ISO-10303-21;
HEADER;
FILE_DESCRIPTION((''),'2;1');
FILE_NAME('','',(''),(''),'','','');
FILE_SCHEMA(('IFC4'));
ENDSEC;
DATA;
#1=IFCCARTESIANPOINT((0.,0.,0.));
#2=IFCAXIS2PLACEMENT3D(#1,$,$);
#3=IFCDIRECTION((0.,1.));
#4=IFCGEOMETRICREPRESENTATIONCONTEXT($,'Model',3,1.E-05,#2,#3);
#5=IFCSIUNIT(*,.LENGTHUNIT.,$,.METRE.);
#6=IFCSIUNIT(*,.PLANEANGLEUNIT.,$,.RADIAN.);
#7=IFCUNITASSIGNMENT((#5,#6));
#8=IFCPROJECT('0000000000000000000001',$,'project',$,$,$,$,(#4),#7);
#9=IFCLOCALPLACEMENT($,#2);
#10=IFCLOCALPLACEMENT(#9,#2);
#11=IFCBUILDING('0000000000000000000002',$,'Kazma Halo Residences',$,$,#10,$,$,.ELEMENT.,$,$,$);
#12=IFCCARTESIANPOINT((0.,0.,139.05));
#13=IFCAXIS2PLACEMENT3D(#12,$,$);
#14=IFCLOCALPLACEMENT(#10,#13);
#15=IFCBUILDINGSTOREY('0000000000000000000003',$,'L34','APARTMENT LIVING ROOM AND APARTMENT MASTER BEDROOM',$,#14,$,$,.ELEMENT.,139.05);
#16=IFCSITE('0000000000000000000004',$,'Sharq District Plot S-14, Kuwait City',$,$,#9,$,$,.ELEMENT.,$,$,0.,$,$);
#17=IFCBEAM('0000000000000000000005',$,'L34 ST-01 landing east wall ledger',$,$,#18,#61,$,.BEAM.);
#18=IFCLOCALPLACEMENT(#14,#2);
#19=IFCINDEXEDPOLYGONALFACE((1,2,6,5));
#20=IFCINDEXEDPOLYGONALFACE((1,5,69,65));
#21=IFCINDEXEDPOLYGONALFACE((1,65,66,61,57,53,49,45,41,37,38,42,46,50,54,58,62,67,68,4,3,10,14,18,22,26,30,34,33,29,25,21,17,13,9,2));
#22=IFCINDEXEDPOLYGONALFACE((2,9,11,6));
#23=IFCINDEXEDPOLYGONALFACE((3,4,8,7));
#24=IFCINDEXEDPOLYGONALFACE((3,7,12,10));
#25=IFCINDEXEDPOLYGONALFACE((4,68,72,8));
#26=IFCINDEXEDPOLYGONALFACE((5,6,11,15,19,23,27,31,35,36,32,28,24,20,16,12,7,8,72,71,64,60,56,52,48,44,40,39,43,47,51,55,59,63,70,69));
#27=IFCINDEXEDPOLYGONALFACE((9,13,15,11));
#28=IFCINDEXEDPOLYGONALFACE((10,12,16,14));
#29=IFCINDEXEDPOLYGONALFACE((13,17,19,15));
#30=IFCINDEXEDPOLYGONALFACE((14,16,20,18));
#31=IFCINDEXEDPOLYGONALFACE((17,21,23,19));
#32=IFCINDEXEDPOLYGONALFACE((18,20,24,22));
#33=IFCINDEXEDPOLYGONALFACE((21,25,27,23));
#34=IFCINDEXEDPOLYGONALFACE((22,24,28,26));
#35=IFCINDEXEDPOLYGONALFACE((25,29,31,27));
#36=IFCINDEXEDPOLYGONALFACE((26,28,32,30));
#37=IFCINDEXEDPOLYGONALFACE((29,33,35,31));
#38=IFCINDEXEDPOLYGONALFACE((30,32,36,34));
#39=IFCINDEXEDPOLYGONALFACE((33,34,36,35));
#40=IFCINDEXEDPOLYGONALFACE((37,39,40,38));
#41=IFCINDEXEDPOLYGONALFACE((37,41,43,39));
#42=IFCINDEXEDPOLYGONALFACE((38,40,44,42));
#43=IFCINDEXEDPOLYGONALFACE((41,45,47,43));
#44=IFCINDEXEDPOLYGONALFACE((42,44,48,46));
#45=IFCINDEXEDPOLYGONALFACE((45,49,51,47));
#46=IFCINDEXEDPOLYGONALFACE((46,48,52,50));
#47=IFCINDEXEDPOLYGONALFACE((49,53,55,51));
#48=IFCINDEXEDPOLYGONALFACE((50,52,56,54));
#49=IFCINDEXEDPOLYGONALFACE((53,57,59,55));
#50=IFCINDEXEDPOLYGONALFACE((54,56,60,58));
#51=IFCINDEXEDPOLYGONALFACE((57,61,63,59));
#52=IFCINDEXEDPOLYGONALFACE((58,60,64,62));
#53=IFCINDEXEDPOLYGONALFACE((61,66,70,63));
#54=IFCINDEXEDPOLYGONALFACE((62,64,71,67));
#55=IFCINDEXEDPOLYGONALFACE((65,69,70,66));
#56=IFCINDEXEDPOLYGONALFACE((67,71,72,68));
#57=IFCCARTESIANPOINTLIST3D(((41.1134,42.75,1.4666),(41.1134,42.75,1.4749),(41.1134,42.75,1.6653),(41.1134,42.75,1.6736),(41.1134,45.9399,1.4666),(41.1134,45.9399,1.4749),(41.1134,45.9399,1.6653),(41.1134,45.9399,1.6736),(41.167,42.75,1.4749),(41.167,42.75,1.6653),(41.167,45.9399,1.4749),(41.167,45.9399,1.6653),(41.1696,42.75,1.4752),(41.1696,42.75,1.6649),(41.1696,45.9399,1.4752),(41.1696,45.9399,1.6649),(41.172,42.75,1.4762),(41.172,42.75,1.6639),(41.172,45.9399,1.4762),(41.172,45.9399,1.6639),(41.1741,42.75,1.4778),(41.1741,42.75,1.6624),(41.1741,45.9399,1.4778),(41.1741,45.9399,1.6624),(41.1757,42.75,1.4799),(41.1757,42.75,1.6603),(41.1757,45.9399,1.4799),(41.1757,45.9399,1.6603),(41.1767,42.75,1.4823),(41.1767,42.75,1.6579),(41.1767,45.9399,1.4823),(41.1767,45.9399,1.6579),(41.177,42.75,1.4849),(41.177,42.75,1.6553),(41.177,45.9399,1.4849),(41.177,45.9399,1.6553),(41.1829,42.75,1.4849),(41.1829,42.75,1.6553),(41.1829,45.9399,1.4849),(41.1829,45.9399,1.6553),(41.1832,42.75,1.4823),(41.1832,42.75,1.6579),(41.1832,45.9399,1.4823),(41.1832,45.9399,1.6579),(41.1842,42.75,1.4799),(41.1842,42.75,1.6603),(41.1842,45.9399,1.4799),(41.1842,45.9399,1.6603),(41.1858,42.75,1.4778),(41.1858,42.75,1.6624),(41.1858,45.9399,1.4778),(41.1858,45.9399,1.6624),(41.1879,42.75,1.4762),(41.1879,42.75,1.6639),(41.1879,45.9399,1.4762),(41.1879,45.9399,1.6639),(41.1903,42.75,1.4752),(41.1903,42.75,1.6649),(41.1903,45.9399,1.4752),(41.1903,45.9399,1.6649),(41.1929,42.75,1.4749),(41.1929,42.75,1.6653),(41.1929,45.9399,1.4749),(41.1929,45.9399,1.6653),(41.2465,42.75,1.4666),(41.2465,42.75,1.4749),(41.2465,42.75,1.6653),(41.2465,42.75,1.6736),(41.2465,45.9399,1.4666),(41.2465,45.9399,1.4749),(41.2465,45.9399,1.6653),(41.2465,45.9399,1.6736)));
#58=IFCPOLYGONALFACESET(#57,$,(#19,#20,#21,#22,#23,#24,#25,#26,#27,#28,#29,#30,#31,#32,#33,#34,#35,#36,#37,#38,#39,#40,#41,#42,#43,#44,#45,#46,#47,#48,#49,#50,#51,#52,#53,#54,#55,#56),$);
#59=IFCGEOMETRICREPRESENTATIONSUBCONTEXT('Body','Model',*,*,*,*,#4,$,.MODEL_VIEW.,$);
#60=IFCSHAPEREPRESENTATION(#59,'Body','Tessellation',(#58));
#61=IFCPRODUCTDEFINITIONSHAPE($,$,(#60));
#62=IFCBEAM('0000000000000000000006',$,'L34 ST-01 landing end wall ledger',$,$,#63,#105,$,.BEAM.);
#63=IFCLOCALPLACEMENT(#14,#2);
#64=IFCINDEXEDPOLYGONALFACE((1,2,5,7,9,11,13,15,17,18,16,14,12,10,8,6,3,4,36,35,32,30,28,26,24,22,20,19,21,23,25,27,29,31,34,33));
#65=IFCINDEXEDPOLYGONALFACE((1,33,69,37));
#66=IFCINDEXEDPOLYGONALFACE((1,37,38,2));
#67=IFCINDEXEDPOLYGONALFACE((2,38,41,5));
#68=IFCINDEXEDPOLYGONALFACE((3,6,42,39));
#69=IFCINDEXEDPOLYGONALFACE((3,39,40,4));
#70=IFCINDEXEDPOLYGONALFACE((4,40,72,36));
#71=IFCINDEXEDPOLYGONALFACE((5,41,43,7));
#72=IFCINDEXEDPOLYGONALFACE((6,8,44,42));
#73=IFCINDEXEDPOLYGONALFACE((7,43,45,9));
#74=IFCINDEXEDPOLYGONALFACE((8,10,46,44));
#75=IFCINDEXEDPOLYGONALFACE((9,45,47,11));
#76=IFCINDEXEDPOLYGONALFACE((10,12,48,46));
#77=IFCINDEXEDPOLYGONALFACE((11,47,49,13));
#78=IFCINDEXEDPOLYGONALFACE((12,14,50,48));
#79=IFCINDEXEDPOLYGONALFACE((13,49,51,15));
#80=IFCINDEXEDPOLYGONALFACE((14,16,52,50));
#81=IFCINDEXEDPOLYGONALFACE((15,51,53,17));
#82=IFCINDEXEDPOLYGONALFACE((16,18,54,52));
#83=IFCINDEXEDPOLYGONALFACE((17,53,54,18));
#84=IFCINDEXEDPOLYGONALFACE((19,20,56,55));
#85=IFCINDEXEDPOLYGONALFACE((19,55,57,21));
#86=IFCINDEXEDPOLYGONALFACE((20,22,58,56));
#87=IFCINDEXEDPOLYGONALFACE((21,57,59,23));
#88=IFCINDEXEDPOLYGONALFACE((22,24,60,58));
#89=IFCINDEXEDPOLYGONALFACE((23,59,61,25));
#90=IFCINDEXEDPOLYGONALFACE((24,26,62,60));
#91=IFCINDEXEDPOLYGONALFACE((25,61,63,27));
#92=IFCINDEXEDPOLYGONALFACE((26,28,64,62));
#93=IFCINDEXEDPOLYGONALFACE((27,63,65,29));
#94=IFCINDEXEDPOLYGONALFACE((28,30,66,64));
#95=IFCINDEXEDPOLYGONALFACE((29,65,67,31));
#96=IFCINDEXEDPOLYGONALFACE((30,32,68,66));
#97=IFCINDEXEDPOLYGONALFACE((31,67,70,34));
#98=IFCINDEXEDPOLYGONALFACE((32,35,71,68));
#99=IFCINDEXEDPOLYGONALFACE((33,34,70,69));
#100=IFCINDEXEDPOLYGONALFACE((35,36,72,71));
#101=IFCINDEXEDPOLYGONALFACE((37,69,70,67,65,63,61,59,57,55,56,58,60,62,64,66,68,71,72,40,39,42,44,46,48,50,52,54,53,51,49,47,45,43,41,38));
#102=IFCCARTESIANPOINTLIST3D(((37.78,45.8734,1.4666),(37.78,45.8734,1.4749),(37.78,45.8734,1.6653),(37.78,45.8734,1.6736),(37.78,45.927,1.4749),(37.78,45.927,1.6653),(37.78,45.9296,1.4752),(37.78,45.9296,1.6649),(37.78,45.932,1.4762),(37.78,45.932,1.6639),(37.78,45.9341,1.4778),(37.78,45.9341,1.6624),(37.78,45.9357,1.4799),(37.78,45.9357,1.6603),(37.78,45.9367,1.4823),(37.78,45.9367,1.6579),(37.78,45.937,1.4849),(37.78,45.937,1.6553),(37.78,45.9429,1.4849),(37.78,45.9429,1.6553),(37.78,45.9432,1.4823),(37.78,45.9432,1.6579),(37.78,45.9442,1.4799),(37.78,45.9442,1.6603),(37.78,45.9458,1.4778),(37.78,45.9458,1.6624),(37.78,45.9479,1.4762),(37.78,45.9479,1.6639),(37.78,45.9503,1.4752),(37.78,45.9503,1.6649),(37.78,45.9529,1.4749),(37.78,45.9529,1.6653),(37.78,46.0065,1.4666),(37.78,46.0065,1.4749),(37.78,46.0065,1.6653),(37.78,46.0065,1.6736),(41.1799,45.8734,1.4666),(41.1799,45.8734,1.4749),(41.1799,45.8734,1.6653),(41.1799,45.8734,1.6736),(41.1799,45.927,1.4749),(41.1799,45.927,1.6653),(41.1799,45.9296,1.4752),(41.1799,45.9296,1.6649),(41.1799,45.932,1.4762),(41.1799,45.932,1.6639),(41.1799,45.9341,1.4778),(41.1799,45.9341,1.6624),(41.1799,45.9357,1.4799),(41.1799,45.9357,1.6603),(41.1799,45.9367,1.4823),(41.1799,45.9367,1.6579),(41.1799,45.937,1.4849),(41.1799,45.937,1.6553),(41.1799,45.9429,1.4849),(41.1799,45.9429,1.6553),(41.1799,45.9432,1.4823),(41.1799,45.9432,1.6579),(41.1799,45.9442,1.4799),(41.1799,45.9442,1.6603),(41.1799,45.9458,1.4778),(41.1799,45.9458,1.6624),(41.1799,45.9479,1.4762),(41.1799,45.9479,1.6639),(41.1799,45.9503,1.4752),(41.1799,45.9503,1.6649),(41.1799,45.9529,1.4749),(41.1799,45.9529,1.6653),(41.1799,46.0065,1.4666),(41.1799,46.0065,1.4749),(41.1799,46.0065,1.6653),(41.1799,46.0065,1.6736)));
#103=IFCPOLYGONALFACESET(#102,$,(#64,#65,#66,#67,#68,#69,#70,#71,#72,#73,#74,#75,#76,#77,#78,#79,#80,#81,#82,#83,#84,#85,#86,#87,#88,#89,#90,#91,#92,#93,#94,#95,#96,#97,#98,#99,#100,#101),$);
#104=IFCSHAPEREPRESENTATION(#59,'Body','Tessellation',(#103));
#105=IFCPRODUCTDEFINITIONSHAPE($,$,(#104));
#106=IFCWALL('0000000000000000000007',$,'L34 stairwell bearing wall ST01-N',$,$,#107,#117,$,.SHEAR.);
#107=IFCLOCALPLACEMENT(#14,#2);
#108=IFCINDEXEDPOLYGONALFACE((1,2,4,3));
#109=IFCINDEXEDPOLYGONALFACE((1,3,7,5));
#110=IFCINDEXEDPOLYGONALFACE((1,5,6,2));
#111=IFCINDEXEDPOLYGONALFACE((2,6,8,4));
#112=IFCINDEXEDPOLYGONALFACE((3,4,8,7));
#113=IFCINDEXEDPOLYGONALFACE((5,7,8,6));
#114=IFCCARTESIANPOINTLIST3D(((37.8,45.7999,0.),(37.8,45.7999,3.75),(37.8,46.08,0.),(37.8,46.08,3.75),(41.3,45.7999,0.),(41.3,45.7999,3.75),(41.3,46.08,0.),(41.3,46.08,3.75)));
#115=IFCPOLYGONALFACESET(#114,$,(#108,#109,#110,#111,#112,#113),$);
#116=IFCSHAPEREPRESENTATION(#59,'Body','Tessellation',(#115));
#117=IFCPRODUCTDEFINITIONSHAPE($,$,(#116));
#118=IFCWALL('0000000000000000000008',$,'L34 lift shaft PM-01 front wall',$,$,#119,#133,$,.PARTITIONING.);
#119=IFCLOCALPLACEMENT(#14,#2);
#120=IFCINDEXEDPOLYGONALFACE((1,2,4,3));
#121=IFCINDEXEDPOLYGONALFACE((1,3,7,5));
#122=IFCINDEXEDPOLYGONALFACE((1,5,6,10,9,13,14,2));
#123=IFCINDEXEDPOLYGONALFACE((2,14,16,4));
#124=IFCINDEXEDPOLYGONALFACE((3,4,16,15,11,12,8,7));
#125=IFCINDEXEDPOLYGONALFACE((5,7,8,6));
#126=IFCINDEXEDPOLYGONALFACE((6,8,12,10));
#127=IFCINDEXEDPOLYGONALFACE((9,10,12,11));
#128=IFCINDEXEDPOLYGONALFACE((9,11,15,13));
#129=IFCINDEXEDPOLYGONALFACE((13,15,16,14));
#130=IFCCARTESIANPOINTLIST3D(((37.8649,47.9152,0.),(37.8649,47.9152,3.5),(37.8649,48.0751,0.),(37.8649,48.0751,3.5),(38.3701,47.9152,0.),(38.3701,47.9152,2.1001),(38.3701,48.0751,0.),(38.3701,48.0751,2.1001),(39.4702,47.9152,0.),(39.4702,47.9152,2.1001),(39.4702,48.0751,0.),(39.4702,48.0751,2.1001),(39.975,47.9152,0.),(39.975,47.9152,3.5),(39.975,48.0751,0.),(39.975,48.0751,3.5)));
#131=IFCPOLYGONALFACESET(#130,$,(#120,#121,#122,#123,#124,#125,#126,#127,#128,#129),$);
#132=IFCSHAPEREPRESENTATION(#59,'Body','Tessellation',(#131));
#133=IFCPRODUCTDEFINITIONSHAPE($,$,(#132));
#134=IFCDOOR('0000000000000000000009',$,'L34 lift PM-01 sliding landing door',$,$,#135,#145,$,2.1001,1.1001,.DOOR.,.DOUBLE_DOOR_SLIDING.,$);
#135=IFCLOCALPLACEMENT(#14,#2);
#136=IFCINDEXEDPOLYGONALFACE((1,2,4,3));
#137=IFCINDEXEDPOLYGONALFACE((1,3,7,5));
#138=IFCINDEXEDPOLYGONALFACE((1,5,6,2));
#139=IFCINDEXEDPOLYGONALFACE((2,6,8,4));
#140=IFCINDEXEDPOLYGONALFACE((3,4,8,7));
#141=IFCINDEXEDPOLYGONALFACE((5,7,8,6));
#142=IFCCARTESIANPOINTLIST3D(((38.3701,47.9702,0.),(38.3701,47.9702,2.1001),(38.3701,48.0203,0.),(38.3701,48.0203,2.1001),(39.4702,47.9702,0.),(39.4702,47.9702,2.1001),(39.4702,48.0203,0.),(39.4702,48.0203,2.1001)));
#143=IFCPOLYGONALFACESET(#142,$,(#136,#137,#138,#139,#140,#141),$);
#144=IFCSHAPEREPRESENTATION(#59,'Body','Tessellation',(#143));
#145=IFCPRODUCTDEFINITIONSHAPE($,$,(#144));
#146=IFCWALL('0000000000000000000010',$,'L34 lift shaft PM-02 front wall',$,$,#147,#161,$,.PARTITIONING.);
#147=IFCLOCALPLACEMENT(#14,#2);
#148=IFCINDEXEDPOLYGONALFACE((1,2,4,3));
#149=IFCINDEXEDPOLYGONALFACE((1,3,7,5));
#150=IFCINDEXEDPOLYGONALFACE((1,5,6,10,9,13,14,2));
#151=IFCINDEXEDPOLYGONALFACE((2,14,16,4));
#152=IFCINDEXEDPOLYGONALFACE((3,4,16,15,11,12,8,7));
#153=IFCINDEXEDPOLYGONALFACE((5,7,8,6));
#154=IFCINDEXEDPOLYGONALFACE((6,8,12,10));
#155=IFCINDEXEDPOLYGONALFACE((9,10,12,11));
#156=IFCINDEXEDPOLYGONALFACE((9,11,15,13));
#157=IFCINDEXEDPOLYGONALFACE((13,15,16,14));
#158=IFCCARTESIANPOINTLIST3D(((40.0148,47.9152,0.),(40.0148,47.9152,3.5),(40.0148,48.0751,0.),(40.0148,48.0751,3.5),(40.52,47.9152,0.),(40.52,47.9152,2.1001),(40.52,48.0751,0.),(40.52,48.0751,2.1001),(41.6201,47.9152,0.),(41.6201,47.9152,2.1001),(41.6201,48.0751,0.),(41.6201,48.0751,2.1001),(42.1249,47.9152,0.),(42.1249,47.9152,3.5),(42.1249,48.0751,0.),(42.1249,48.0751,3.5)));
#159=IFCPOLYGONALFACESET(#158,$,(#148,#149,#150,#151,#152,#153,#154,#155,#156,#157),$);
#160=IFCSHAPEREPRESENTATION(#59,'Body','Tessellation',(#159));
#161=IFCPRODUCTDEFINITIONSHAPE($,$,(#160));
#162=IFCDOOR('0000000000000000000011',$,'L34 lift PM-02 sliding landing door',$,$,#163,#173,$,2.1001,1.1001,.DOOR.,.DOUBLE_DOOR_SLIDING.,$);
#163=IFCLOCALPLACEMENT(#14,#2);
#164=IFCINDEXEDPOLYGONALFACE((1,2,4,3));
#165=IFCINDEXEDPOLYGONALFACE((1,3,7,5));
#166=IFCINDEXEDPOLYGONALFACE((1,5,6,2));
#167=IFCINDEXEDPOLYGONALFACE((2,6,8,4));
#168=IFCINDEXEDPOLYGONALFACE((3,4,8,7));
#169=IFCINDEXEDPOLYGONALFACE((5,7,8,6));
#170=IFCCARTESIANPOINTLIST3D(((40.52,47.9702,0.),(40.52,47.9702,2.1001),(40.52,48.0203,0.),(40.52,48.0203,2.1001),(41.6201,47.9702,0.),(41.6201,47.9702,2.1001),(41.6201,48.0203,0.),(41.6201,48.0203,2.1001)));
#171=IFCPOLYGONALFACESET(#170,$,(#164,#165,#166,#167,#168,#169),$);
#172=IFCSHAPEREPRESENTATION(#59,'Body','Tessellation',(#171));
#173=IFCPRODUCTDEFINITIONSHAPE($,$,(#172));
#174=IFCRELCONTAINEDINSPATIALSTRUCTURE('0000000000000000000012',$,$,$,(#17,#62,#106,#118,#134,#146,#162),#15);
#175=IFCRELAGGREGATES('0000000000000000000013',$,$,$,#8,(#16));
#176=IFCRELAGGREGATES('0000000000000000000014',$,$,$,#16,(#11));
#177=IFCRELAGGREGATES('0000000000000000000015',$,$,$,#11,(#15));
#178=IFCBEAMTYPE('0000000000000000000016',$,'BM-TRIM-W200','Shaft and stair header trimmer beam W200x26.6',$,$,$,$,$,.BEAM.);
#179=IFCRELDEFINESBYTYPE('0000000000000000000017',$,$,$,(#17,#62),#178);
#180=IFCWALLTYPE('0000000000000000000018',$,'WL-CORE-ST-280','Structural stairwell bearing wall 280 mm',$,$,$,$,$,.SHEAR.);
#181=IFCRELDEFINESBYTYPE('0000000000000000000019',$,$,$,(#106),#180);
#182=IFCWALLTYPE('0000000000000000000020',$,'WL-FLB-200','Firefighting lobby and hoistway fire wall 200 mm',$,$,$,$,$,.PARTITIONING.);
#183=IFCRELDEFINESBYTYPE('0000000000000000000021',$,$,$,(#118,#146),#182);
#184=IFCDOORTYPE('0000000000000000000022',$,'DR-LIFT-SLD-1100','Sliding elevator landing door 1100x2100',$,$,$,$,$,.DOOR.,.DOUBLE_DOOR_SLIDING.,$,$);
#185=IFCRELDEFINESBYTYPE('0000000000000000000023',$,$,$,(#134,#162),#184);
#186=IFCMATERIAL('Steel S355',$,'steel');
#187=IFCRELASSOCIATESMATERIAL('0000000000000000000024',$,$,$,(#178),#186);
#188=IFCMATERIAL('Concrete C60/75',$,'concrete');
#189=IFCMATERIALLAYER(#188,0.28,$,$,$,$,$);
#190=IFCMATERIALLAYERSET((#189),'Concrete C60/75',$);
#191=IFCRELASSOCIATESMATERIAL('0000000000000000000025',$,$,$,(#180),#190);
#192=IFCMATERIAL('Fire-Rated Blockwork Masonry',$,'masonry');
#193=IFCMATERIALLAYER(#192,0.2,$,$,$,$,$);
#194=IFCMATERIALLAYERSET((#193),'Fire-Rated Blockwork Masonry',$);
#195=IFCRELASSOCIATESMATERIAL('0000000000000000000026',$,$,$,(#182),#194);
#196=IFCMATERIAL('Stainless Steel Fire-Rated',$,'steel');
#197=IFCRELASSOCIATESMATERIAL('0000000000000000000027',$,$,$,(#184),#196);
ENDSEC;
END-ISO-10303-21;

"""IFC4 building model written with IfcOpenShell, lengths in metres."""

from ifc_helpers import new_model, si_unit, direction, frame, frame_2d, origin, origin_2d, place, context, subcontext, project, spatial, rectangle, i_section, extrude, material, layer, layer_set, material_profile, profile_set, type_object, element, fill, save


model = new_model("IFC4")

# Units and contexts
model_context = context("Model", 3, precision=1e-05, world=origin(), true_north=direction((0.0, 1.0)))
body_context = subcontext(model_context, "Body", "Model", "MODEL_VIEW")
ifc_project = project(units=[si_unit("LENGTHUNIT", "METRE"), si_unit("PLANEANGLEUNIT", "RADIAN")], contexts=[model_context])

# Site, building, storey
site_placement = place(None, origin())
site = spatial("IfcSite", under=ifc_project, at=site_placement, Name="Sharq District Plot S-14, Kuwait City", CompositionType="ELEMENT", RefElevation=0.0)
building_placement = place(site_placement, origin())
building = spatial("IfcBuilding", under=site, at=building_placement, Name="Kazma Halo Residences", CompositionType="ELEMENT")
storey_placement = place(building_placement, frame((0.0, 0.0, 139.05)))
storey = spatial("IfcBuildingStorey", under=building, at=storey_placement, Name="L34", Description="APARTMENT LIVING ROOM AND APARTMENT MASTER BEDROOM", CompositionType="ELEMENT", Elevation=139.05)

# Shared definitions
ifc_material_1 = material(Name="Steel S355", Category="steel")

# Beams
ifc_material_profile_1 = material_profile(ifc_material_1, i_section(OverallWidth=0.1331, OverallDepth=0.207, WebThickness=0.0059, FlangeThickness=0.0083, FilletRadius=0.01, at=origin_2d()), Name="W200x26.6")
ifc_profile_set_1 = profile_set([ifc_material_profile_1], Name="Steel S355")
beam_type_1 = type_object("IfcBeamType", Name="BM-TRIM-W200", Description="Shaft and stair header trimmer beam W200x26.6", PredefinedType="BEAM", material=ifc_profile_set_1)
beam_1_placement = place(storey_placement, frame((41.1799, 42.75, 1.5701), z_axis=(0.0, 1.0, 0.0), x_axis=(-1.0, 0.0, 0.0)))
element("IfcBeam", 1, at=beam_1_placement, inside=storey, type_object=beam_type_1, Name="L34 ST-01 landing east wall ledger", PredefinedType="BEAM", context=body_context, shape_type="SweptSolid", body=[
    extrude(i_section(OverallWidth=0.1331, OverallDepth=0.207, WebThickness=0.0059, FlangeThickness=0.0083, FilletRadius=0.01, at=origin_2d()), origin(), (0.0, 0.0, 1.0), 3.1899),
])
beam_2_placement = place(storey_placement, frame((37.78, 45.9399, 1.5701), z_axis=(1.0, 0.0, 0.0), x_axis=(0.0, 1.0, 0.0)))
element("IfcBeam", 2, at=beam_2_placement, inside=storey, type_object=beam_type_1, Name="L34 ST-01 landing end wall ledger", PredefinedType="BEAM", context=body_context, shape_type="SweptSolid", body=[
    extrude(i_section(OverallWidth=0.1331, OverallDepth=0.207, WebThickness=0.0059, FlangeThickness=0.0083, FilletRadius=0.01, at=origin_2d()), origin(), (0.0, 0.0, 1.0), 3.3999),
])

# Wall
ifc_material_2 = material(Name="Concrete C60/75", Category="concrete")
ifc_layer_1 = layer(ifc_material_2, 0.28)
ifc_layer_set_1 = layer_set([ifc_layer_1], Name="Concrete C60/75")
wall_type_1 = type_object("IfcWallType", Name="WL-CORE-ST-280", Description="Structural stairwell bearing wall 280 mm", PredefinedType="SHEAR", material=ifc_layer_set_1)
wall_1_placement = place(storey_placement, frame((37.8, 45.9399, 0.0), z_axis=(0.0, 0.0, 1.0), x_axis=(1.0, 0.0, 0.0)))
element("IfcWall", 3, at=wall_1_placement, inside=storey, type_object=wall_type_1, Name="L34 stairwell bearing wall ST01-N", PredefinedType="SHEAR", context=body_context, shape_type="SweptSolid", body=[
    extrude(rectangle(XDim=3.5, YDim=0.28, at=frame_2d((1.75, 0.0))), origin(), (0.0, 0.0, 1.0), 3.75),
])

# Walls, openings, doors
ifc_material_3 = material(Name="Fire-Rated Blockwork Masonry", Category="masonry")
ifc_layer_2 = layer(ifc_material_3, 0.2)
ifc_layer_set_2 = layer_set([ifc_layer_2], Name="Fire-Rated Blockwork Masonry")
wall_type_2 = type_object("IfcWallType", Name="WL-FLB-200", Description="Firefighting lobby and hoistway fire wall 200 mm", PredefinedType="PARTITIONING", material=ifc_layer_set_2)
wall_2_placement = place(storey_placement, frame((39.9751, 47.9951, 0.0), z_axis=(0.0, 0.0, 1.0), x_axis=(-1.0, 0.0, 0.0)))
wall_2 = element("IfcWall", 4, at=wall_2_placement, inside=storey, type_object=wall_type_2, Name="L34 lift shaft PM-01 front wall", PredefinedType="PARTITIONING", context=body_context, shape_type="SweptSolid", body=[
    extrude(rectangle(XDim=2.1101, YDim=0.1599, at=frame_2d((1.0552, 0.0))), origin(), (0.0, 0.0, 1.0), 3.5),
])
opening_1_placement = place(wall_2_placement, frame((0.5049, 0.0, 0.0)))
opening_1 = element("IfcOpeningElement", 5, at=opening_1_placement, cuts=wall_2, PredefinedType="OPENING", context=body_context, shape_type="SweptSolid", body=[
    extrude(rectangle(XDim=1.1001, YDim=2.1001, at=frame_2d((0.55, 1.05))), frame((0.0, 0.0898, 0.0), z_axis=(0.0, -1.0, 0.0), x_axis=(1.0, 0.0, 0.0)), (0.0, 0.0, 1.0), 0.1799),
])
ifc_material_4 = material(Name="Stainless Steel Fire-Rated", Category="steel")
door_type = type_object("IfcDoorType", Name="DR-LIFT-SLD-1100", Description="Sliding elevator landing door 1100x2100", OperationType="DOUBLE_DOOR_SLIDING", PredefinedType="DOOR", material=ifc_material_4)
door_1_placement = place(opening_1_placement, origin())
door_1 = element("IfcDoor", 6, at=door_1_placement, inside=storey, type_object=door_type, Name="L34 lift PM-01 sliding landing door", OperationType="DOUBLE_DOOR_SLIDING", OverallHeight=2.1001, OverallWidth=1.1001, PredefinedType="DOOR", context=body_context, shape_type="SweptSolid", body=[
    extrude(rectangle(XDim=1.1001, YDim=2.1001, at=frame_2d((0.55, 1.05))), frame((0.0, 0.0249, 0.0), z_axis=(0.0, -1.0, 0.0), x_axis=(1.0, 0.0, 0.0)), (0.0, 0.0, 1.0), 0.05),
])
fill(opening_1, door_1)
wall_3_placement = place(storey_placement, frame((42.125, 47.9951, 0.0), z_axis=(0.0, 0.0, 1.0), x_axis=(-1.0, 0.0, 0.0)))
wall_3 = element("IfcWall", 7, at=wall_3_placement, inside=storey, type_object=wall_type_2, Name="L34 lift shaft PM-02 front wall", PredefinedType="PARTITIONING", context=body_context, shape_type="SweptSolid", body=[
    extrude(rectangle(XDim=2.1101, YDim=0.1599, at=frame_2d((1.0552, 0.0))), origin(), (0.0, 0.0, 1.0), 3.5),
])
opening_2_placement = place(wall_3_placement, frame((0.5049, 0.0, 0.0)))
opening_2 = element("IfcOpeningElement", 8, at=opening_2_placement, cuts=wall_3, PredefinedType="OPENING", context=body_context, shape_type="SweptSolid", body=[
    extrude(rectangle(XDim=1.1001, YDim=2.1001, at=frame_2d((0.55, 1.05))), frame((0.0, 0.0898, 0.0), z_axis=(0.0, -1.0, 0.0), x_axis=(1.0, 0.0, 0.0)), (0.0, 0.0, 1.0), 0.1799),
])
door_2_placement = place(opening_2_placement, origin())
door_2 = element("IfcDoor", 9, at=door_2_placement, inside=storey, type_object=door_type, Name="L34 lift PM-02 sliding landing door", OperationType="DOUBLE_DOOR_SLIDING", OverallHeight=2.1001, OverallWidth=1.1001, PredefinedType="DOOR", context=body_context, shape_type="SweptSolid", body=[
    extrude(rectangle(XDim=1.1001, YDim=2.1001, at=frame_2d((0.55, 1.05))), frame((0.0, 0.0249, 0.0), z_axis=(0.0, -1.0, 0.0), x_axis=(1.0, 0.0, 0.0)), (0.0, 0.0, 1.0), 0.05),
])
fill(opening_2, door_2)

save(model, "model.ifc")
